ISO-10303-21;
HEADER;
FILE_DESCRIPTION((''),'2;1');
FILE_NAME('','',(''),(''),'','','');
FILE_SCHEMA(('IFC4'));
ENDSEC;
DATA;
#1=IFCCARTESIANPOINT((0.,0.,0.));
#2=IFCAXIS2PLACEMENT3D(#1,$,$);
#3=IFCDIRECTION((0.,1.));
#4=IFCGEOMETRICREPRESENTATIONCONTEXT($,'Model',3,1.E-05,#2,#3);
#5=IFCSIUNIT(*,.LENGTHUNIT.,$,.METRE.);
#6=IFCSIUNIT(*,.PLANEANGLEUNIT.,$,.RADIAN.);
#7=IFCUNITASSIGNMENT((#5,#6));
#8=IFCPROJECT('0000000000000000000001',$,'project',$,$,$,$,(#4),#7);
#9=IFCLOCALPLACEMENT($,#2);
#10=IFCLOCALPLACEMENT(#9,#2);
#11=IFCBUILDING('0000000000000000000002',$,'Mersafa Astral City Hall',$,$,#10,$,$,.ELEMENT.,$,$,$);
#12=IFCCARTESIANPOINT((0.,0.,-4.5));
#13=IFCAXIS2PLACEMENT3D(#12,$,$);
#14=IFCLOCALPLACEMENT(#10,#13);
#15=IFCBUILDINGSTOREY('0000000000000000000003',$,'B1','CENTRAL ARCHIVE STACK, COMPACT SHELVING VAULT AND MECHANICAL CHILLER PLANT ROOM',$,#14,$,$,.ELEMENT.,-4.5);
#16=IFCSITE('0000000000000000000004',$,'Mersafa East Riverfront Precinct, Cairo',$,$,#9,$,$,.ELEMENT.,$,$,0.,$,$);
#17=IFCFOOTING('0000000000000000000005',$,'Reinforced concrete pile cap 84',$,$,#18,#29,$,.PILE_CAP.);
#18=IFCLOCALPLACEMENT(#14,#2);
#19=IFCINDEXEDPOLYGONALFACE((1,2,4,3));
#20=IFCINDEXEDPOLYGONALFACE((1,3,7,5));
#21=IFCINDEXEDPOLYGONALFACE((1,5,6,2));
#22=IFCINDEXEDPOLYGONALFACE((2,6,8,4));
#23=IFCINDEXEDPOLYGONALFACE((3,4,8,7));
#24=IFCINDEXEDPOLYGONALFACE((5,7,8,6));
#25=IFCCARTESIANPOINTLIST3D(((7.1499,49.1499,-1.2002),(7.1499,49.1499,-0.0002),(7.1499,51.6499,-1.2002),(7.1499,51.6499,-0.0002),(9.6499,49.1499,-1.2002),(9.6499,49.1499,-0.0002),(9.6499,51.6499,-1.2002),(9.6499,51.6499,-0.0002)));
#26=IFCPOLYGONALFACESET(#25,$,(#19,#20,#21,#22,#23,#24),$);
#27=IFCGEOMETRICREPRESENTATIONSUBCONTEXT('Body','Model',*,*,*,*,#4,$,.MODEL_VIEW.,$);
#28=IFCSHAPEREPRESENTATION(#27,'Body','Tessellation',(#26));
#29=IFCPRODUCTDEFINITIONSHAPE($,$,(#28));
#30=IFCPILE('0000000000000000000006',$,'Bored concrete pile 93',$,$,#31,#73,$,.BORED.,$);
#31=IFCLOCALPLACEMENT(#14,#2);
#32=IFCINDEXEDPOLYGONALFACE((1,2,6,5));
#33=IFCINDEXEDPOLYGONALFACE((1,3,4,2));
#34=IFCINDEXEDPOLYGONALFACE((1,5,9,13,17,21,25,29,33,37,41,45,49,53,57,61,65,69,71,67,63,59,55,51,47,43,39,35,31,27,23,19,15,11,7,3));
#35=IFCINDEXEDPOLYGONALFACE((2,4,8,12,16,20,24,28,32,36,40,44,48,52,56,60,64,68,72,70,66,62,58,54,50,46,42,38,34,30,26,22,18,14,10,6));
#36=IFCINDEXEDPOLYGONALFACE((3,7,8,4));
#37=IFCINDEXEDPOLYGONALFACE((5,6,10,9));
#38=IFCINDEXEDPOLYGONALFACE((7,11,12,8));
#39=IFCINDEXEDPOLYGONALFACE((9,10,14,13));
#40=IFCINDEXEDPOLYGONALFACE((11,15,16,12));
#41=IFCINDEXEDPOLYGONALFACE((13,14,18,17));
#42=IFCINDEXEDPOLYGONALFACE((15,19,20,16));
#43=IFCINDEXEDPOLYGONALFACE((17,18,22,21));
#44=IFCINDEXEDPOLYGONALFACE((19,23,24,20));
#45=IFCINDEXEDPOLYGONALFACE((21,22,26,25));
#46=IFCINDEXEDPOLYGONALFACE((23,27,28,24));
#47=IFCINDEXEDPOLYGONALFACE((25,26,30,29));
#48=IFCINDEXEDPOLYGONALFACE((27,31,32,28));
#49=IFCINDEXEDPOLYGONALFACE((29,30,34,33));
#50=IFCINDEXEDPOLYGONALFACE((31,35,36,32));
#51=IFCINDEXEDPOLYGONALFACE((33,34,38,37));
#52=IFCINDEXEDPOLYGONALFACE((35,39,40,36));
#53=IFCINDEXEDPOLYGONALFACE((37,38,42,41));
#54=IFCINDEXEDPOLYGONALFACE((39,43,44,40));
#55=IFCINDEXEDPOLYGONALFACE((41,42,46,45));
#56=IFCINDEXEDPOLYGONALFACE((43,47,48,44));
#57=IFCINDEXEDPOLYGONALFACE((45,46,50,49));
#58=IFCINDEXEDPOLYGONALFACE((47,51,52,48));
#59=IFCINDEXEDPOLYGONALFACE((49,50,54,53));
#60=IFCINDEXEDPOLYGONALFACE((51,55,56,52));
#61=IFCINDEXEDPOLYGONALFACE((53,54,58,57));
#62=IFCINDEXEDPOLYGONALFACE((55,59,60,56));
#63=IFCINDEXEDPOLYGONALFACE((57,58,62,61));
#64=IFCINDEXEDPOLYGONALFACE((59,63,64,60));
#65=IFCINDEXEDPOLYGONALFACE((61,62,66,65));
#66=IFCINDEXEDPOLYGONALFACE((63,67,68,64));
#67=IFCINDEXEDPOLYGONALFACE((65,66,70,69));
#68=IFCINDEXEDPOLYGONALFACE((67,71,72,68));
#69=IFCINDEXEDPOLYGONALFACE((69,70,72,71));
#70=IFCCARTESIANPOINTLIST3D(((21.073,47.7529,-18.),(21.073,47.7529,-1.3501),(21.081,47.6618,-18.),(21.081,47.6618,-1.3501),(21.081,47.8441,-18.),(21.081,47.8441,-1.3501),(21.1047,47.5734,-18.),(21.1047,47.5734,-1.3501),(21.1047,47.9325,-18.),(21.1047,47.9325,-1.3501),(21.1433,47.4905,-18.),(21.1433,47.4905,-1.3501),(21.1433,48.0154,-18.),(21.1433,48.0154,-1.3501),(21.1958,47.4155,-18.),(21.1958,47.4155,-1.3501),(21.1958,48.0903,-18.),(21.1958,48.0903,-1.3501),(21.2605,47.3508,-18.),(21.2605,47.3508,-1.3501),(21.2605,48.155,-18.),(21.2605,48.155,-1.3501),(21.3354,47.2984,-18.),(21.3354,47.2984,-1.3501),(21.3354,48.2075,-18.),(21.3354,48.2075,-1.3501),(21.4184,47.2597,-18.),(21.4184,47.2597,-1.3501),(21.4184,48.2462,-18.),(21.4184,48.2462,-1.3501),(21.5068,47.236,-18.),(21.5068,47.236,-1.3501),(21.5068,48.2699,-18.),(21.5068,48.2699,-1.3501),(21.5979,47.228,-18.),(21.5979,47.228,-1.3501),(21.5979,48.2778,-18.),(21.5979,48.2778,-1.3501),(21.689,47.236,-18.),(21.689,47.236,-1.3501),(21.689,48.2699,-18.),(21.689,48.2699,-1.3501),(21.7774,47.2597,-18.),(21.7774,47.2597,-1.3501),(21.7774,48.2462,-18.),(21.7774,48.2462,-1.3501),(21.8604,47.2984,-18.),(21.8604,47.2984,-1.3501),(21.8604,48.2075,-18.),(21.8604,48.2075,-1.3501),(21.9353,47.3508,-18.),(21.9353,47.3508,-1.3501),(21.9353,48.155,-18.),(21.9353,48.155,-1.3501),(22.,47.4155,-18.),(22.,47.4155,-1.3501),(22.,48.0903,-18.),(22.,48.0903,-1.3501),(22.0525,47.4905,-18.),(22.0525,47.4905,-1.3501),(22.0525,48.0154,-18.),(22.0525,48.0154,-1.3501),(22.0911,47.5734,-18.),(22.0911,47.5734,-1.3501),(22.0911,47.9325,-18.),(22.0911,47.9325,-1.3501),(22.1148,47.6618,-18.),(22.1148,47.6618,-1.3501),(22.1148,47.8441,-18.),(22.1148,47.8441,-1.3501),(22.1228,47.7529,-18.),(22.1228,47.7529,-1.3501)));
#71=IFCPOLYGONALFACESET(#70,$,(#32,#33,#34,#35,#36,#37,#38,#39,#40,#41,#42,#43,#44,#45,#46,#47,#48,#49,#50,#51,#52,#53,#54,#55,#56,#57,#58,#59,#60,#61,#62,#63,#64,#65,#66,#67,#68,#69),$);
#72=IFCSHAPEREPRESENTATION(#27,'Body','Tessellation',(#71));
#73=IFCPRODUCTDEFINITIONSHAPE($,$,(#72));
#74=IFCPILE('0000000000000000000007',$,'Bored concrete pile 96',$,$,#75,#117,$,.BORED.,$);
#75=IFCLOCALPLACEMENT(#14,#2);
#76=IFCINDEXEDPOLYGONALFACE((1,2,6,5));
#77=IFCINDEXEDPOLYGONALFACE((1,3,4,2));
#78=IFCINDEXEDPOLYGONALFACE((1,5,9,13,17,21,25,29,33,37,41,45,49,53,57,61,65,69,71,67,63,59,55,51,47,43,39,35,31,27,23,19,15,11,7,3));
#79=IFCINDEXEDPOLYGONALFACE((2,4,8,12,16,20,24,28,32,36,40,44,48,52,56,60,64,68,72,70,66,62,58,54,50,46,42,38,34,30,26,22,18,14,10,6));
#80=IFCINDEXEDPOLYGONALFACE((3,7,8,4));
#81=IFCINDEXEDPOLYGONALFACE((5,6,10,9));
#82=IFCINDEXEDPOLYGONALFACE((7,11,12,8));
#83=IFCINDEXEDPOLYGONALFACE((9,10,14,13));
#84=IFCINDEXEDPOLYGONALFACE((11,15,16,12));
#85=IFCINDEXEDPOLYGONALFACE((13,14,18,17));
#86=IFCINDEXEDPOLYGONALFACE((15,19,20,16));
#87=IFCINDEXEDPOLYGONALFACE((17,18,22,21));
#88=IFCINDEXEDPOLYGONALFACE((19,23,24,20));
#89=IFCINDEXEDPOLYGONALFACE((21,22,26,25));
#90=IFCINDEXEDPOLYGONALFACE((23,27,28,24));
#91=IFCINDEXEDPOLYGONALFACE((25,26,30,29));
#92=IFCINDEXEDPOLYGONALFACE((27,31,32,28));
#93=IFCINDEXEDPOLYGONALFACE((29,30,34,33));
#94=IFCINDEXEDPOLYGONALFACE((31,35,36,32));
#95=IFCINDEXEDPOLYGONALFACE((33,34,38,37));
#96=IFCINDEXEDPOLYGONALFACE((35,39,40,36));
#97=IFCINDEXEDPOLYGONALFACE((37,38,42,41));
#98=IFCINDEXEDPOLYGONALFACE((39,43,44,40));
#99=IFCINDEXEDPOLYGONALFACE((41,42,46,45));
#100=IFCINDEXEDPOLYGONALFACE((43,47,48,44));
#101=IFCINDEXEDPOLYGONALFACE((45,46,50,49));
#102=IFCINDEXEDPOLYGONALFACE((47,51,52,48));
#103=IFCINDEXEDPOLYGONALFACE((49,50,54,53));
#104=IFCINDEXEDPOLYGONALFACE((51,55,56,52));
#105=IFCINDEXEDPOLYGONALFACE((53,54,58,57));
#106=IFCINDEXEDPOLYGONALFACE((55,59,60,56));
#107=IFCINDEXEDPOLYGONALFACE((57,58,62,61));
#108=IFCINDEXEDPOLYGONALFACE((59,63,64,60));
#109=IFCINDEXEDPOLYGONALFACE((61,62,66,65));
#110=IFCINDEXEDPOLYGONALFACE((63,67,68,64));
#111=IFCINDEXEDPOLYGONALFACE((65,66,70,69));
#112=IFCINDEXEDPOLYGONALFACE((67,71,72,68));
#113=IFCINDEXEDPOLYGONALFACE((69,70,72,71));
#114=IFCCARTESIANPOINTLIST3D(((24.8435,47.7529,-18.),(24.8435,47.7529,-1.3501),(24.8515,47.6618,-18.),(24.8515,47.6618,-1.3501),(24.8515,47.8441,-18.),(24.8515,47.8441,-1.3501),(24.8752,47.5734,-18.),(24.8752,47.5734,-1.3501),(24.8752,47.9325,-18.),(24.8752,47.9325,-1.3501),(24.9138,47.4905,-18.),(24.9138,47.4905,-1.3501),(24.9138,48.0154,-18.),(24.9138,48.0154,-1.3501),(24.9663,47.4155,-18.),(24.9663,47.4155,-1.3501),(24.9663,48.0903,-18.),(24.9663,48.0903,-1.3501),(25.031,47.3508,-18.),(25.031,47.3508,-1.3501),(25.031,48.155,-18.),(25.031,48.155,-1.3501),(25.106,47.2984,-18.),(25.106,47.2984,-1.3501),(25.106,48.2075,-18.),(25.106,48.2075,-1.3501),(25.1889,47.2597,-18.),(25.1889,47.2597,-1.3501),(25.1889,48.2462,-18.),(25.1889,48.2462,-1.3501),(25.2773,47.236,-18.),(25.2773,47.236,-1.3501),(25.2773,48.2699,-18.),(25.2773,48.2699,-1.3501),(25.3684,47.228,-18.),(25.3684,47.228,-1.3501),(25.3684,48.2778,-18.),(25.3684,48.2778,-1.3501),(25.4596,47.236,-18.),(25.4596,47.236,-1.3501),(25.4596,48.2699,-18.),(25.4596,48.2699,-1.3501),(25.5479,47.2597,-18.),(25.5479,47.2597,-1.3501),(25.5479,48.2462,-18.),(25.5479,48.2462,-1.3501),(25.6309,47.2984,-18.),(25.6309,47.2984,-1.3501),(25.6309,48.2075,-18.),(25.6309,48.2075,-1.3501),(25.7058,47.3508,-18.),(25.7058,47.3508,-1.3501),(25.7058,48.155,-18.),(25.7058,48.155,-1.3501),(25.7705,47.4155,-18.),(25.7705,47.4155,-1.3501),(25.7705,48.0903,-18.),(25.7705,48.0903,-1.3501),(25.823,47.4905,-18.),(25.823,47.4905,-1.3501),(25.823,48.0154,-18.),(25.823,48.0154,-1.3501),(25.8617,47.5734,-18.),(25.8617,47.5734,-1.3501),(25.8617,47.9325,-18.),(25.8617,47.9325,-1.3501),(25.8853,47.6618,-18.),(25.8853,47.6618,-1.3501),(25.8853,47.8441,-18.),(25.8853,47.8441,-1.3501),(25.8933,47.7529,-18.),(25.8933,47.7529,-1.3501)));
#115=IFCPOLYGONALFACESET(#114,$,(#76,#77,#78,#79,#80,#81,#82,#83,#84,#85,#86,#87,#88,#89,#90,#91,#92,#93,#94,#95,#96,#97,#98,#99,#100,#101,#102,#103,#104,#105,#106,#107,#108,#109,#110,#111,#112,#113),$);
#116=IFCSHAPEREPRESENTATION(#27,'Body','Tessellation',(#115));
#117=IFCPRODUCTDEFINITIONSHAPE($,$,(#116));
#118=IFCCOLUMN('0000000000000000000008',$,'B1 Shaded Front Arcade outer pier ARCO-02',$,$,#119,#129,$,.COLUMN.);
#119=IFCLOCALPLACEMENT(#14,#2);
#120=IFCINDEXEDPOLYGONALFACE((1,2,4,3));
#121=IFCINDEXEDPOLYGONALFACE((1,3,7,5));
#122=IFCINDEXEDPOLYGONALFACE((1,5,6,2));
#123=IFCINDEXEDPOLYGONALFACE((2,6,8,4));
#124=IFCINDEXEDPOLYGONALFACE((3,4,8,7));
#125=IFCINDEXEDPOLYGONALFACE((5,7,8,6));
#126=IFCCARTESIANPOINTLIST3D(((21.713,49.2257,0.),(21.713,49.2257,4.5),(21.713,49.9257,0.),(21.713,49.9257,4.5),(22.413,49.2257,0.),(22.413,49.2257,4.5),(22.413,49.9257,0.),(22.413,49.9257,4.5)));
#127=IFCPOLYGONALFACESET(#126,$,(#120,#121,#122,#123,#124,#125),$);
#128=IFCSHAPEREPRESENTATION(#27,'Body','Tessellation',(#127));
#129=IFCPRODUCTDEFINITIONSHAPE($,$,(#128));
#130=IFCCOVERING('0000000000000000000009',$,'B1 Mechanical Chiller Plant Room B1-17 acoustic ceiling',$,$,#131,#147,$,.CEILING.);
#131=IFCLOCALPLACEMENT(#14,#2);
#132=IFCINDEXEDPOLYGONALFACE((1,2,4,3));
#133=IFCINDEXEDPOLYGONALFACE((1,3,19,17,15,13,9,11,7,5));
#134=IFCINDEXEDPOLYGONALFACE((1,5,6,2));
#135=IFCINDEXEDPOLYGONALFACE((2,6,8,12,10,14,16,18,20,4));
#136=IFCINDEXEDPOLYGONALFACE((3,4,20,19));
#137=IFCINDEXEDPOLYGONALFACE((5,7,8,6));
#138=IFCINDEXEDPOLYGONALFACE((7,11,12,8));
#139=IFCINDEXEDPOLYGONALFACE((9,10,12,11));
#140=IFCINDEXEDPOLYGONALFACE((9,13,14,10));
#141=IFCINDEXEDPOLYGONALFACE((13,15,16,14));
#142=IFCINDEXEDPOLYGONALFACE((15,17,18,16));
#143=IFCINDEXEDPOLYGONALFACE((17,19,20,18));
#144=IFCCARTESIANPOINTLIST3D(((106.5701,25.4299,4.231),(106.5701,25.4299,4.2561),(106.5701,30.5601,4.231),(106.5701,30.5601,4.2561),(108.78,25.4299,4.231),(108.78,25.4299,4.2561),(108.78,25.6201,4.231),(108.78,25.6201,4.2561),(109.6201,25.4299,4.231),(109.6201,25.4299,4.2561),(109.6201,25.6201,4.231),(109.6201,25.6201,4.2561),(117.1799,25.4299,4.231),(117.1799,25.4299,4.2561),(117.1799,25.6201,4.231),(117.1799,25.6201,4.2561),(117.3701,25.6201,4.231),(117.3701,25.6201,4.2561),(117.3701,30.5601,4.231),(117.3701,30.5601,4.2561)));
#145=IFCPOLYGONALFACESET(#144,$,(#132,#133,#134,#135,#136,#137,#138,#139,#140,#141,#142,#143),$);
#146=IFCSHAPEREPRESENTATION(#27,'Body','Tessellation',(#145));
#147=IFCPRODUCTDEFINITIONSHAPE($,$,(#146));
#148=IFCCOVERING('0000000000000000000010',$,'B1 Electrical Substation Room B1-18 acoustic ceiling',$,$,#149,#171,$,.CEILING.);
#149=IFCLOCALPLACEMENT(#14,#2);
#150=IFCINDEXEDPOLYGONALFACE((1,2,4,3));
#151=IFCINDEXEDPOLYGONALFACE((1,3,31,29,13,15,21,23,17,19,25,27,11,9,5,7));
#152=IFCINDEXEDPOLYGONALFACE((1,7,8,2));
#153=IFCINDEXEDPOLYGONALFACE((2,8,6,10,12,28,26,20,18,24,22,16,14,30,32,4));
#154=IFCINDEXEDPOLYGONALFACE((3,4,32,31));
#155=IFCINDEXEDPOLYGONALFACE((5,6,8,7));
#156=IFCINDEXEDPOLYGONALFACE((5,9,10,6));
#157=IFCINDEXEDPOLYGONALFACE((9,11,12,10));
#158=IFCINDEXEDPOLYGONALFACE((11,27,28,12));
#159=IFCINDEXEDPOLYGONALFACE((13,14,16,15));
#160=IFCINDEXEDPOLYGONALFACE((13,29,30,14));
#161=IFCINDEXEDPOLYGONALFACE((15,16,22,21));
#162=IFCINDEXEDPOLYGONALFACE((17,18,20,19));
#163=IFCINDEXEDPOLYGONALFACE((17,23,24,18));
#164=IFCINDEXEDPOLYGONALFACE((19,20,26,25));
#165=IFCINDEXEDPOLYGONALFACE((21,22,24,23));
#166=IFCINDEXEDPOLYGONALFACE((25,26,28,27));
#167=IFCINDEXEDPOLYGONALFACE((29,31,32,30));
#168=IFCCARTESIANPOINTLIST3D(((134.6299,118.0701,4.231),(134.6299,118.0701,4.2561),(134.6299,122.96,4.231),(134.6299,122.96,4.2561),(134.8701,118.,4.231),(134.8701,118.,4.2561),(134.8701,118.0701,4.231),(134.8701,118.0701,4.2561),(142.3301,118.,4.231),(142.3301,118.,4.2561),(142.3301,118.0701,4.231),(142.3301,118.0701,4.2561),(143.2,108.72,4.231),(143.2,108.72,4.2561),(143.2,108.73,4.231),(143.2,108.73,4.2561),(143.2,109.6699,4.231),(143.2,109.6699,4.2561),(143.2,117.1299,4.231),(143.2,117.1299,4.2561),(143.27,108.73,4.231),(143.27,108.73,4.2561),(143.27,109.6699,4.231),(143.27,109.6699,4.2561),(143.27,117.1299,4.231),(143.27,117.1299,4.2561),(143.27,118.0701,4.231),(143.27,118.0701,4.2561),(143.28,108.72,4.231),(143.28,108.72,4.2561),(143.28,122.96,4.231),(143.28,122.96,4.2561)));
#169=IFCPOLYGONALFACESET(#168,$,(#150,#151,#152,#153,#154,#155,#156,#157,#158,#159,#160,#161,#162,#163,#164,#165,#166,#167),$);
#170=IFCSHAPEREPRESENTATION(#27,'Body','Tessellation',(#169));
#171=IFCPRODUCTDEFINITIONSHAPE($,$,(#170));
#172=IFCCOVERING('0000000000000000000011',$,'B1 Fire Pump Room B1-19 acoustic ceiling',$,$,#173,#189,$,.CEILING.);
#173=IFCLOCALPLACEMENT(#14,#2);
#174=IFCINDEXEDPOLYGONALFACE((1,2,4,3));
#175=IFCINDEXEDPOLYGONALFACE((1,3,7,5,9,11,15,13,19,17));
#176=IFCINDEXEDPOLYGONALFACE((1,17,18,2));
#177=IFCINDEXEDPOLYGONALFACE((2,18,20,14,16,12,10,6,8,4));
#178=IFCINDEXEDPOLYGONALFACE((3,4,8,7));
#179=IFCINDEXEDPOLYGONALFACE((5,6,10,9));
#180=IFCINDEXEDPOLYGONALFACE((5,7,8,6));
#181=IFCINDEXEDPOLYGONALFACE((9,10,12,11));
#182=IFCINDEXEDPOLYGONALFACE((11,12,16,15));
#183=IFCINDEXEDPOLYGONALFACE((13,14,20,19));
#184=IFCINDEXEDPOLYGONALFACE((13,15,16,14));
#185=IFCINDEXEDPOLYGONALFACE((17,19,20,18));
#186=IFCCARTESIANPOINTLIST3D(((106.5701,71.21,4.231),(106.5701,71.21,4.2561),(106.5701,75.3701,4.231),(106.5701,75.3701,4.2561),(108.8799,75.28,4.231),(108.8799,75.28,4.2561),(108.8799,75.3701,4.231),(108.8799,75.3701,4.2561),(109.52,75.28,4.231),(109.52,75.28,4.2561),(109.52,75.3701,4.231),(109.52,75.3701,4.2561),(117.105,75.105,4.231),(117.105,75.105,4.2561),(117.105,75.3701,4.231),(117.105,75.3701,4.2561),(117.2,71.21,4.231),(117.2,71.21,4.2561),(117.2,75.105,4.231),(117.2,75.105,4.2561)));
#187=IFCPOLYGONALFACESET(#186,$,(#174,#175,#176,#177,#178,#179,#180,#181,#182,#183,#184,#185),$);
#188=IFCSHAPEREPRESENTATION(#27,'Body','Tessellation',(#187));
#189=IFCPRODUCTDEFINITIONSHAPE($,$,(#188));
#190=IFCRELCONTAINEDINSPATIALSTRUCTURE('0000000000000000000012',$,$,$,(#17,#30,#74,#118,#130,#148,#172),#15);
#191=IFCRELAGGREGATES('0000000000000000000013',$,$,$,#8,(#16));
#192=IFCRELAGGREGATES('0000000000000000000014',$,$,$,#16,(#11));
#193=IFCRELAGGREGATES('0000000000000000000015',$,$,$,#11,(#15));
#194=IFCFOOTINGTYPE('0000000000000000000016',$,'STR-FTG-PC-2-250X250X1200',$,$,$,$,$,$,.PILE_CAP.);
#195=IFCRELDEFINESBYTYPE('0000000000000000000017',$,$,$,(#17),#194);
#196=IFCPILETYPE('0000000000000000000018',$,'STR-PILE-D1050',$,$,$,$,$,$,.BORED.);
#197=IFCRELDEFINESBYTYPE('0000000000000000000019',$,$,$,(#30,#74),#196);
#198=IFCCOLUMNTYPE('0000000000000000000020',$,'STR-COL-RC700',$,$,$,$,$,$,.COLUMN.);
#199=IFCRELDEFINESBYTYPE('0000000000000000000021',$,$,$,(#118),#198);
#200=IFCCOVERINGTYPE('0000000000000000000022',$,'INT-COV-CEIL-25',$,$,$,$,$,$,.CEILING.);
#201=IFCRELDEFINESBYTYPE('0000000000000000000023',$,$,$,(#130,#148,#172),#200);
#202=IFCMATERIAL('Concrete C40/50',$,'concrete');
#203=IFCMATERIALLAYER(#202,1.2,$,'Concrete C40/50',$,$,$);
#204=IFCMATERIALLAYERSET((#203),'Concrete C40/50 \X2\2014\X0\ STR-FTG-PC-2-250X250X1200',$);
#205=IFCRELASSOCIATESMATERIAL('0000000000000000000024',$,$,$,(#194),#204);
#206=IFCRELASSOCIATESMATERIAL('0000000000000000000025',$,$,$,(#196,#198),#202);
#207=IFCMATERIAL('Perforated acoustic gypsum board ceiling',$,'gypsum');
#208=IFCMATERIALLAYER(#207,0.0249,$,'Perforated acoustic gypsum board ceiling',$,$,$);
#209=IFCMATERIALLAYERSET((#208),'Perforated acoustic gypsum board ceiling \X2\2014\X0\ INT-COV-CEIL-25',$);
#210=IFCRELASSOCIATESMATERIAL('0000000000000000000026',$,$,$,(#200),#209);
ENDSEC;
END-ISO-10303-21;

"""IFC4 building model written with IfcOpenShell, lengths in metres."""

from ifc_helpers import new_model, si_unit, direction, frame, origin, origin_2d, place, context, subcontext, project, spatial, polyline, rectangle, circle, outline, extrude, material, layer, layer_set, material_profile, profile_set, type_object, element, save


model = new_model("IFC4")

# Units and contexts
model_context = context("Model", 3, precision=1e-05, world=origin(), true_north=direction((0.0, 1.0)))
body_context = subcontext(model_context, "Body", "Model", "MODEL_VIEW")
ifc_project = project(units=[si_unit("LENGTHUNIT", "METRE"), si_unit("PLANEANGLEUNIT", "RADIAN")], contexts=[model_context])

# Site, building, storey
site_placement = place(None, origin())
site = spatial("IfcSite", under=ifc_project, at=site_placement, Name="Mersafa East Riverfront Precinct, Cairo", CompositionType="ELEMENT", RefElevation=0.0)
building_placement = place(site_placement, origin())
building = spatial("IfcBuilding", under=site, at=building_placement, Name="Mersafa Astral City Hall", CompositionType="ELEMENT")
storey_placement = place(building_placement, frame((0.0, 0.0, -4.5)))
storey = spatial("IfcBuildingStorey", under=building, at=storey_placement, Name="B1", Description="CENTRAL ARCHIVE STACK, COMPACT SHELVING VAULT AND MECHANICAL CHILLER PLANT ROOM", CompositionType="ELEMENT", Elevation=-4.5)

# Footing
ifc_material_1 = material(Name="Concrete C40/50", Category="concrete")
ifc_layer_1 = layer(ifc_material_1, 1.2, Name="Concrete C40/50")
ifc_layer_set_1 = layer_set([ifc_layer_1], Name="Concrete C40/50 — STR-FTG-PC-2-250X250X1200")
footing_type = type_object("IfcFootingType", Name="STR-FTG-PC-2-250X250X1200", PredefinedType="PILE_CAP", material=ifc_layer_set_1)
footing_placement = place(storey_placement, frame((8.3999, 50.3999, -1.2002), z_axis=(0.0, 0.0, 1.0), x_axis=(1.0, 0.0, 0.0)))
element("IfcFooting", 1, at=footing_placement, inside=storey, type_object=footing_type, Name="Reinforced concrete pile cap 84", PredefinedType="PILE_CAP", context=body_context, shape_type="SweptSolid", body=[
    extrude(rectangle(XDim=2.5, YDim=2.5, at=origin_2d()), origin(), (0.0, 0.0, 1.0), 1.2),
])

# Piles
ifc_material_profile_1 = material_profile(ifc_material_1, circle(Radius=0.5249, at=origin_2d()), Name="PILE D1050")
ifc_profile_set_1 = profile_set([ifc_material_profile_1], Name="Concrete C40/50")
pile_type = type_object("IfcPileType", Name="STR-PILE-D1050", PredefinedType="BORED", material=ifc_profile_set_1)
for number, where, z_axis, x_axis, name in (
    (2, (21.5979, 47.7529, -1.3501), (0.0, 0.0, -1.0), (1.0, 0.0, 0.0), "Bored concrete pile 93"),
    (3, (25.3684, 47.7529, -1.3501), (0.0, 0.0, -1.0), (1.0, 0.0, 0.0), "Bored concrete pile 96"),
):
    element("IfcPile", number, at=place(storey_placement, frame(where, z_axis=z_axis, x_axis=x_axis)), inside=storey, type_object=pile_type, Name=name, PredefinedType="BORED", context=body_context, shape_type="SweptSolid", body=[
        extrude(circle(Radius=0.5249, at=origin_2d()), origin(), (0.0, 0.0, 1.0), 16.6499),
    ])

# Column
ifc_material_profile_2 = material_profile(ifc_material_1, rectangle(XDim=0.7, YDim=0.7, at=origin_2d()), Name="RC 700x700")
ifc_profile_set_2 = profile_set([ifc_material_profile_2], Name="Concrete C40/50")
column_type = type_object("IfcColumnType", Name="STR-COL-RC700", PredefinedType="COLUMN", material=ifc_profile_set_2)
column_placement = place(storey_placement, frame((22.063, 49.5757, 0.0), z_axis=(0.0, 0.0, 1.0), x_axis=(1.0, 0.0, 0.0)))
element("IfcColumn", 4, at=column_placement, inside=storey, type_object=column_type, Name="B1 Shaded Front Arcade outer pier ARCO-02", PredefinedType="COLUMN", context=body_context, shape_type="SweptSolid", body=[
    extrude(rectangle(XDim=0.7, YDim=0.7, at=origin_2d()), origin(), (0.0, 0.0, 1.0), 4.5),
])

# Coverings
ifc_material_2 = material(Name="Perforated acoustic gypsum board ceiling", Category="gypsum")
ifc_layer_2 = layer(ifc_material_2, 0.0249, Name="Perforated acoustic gypsum board ceiling")
ifc_layer_set_2 = layer_set([ifc_layer_2], Name="Perforated acoustic gypsum board ceiling — INT-COV-CEIL-25")
covering_type_1 = type_object("IfcCoveringType", Name="INT-COV-CEIL-25", PredefinedType="CEILING", material=ifc_layer_set_2)
covering_1_placement = place(storey_placement, frame((0.0, 0.0, 4.231)))
element("IfcCovering", 5, at=covering_1_placement, inside=storey, type_object=covering_type_1, Name="B1 Mechanical Chiller Plant Room B1-17 acoustic ceiling", PredefinedType="CEILING", context=body_context, shape_type="SweptSolid", body=[
    extrude(outline(polyline([(117.3701, 25.6201), (117.1799, 25.6201), (117.1799, 25.4299), (109.6201, 25.4299), (109.6201, 25.6201), (108.78, 25.6201), (108.78, 25.4299), (106.5701, 25.4299), (106.5701, 30.5601), (117.3701, 30.5601), (117.3701, 25.6201)])), origin(), (0.0, 0.0, 1.0), 0.0251),
])
covering_2_placement = place(storey_placement, frame((0.0, 0.0, 4.231)))
element("IfcCovering", 6, at=covering_2_placement, inside=storey, type_object=covering_type_1, Name="B1 Electrical Substation Room B1-18 acoustic ceiling", PredefinedType="CEILING", context=body_context, shape_type="SweptSolid", body=[
    extrude(outline(polyline([(143.28, 122.96), (143.28, 108.72), (143.2, 108.72), (143.2, 108.73), (143.27, 108.73), (143.27, 109.6699), (143.2, 109.6699), (143.2, 117.1299), (143.27, 117.1299), (143.27, 118.0701), (142.3301, 118.0701), (142.3301, 118.0), (134.8701, 118.0), (134.8701, 118.0701), (134.6299, 118.0701), (134.6299, 122.96), (143.28, 122.96)])), origin(), (0.0, 0.0, 1.0), 0.0251),
])
covering_3_placement = place(storey_placement, frame((0.0, 0.0, 4.231)))
element("IfcCovering", 7, at=covering_3_placement, inside=storey, type_object=covering_type_1, Name="B1 Fire Pump Room B1-19 acoustic ceiling", PredefinedType="CEILING", context=body_context, shape_type="SweptSolid", body=[
    extrude(outline(polyline([(106.5701, 75.3701), (108.8799, 75.3701), (108.8799, 75.28), (109.52, 75.28), (109.52, 75.3701), (117.105, 75.3701), (117.105, 75.105), (117.2, 75.105), (117.2, 71.21), (106.5701, 71.21), (106.5701, 75.3701)])), origin(), (0.0, 0.0, 1.0), 0.0251),
])

save(model, "model.ifc")
